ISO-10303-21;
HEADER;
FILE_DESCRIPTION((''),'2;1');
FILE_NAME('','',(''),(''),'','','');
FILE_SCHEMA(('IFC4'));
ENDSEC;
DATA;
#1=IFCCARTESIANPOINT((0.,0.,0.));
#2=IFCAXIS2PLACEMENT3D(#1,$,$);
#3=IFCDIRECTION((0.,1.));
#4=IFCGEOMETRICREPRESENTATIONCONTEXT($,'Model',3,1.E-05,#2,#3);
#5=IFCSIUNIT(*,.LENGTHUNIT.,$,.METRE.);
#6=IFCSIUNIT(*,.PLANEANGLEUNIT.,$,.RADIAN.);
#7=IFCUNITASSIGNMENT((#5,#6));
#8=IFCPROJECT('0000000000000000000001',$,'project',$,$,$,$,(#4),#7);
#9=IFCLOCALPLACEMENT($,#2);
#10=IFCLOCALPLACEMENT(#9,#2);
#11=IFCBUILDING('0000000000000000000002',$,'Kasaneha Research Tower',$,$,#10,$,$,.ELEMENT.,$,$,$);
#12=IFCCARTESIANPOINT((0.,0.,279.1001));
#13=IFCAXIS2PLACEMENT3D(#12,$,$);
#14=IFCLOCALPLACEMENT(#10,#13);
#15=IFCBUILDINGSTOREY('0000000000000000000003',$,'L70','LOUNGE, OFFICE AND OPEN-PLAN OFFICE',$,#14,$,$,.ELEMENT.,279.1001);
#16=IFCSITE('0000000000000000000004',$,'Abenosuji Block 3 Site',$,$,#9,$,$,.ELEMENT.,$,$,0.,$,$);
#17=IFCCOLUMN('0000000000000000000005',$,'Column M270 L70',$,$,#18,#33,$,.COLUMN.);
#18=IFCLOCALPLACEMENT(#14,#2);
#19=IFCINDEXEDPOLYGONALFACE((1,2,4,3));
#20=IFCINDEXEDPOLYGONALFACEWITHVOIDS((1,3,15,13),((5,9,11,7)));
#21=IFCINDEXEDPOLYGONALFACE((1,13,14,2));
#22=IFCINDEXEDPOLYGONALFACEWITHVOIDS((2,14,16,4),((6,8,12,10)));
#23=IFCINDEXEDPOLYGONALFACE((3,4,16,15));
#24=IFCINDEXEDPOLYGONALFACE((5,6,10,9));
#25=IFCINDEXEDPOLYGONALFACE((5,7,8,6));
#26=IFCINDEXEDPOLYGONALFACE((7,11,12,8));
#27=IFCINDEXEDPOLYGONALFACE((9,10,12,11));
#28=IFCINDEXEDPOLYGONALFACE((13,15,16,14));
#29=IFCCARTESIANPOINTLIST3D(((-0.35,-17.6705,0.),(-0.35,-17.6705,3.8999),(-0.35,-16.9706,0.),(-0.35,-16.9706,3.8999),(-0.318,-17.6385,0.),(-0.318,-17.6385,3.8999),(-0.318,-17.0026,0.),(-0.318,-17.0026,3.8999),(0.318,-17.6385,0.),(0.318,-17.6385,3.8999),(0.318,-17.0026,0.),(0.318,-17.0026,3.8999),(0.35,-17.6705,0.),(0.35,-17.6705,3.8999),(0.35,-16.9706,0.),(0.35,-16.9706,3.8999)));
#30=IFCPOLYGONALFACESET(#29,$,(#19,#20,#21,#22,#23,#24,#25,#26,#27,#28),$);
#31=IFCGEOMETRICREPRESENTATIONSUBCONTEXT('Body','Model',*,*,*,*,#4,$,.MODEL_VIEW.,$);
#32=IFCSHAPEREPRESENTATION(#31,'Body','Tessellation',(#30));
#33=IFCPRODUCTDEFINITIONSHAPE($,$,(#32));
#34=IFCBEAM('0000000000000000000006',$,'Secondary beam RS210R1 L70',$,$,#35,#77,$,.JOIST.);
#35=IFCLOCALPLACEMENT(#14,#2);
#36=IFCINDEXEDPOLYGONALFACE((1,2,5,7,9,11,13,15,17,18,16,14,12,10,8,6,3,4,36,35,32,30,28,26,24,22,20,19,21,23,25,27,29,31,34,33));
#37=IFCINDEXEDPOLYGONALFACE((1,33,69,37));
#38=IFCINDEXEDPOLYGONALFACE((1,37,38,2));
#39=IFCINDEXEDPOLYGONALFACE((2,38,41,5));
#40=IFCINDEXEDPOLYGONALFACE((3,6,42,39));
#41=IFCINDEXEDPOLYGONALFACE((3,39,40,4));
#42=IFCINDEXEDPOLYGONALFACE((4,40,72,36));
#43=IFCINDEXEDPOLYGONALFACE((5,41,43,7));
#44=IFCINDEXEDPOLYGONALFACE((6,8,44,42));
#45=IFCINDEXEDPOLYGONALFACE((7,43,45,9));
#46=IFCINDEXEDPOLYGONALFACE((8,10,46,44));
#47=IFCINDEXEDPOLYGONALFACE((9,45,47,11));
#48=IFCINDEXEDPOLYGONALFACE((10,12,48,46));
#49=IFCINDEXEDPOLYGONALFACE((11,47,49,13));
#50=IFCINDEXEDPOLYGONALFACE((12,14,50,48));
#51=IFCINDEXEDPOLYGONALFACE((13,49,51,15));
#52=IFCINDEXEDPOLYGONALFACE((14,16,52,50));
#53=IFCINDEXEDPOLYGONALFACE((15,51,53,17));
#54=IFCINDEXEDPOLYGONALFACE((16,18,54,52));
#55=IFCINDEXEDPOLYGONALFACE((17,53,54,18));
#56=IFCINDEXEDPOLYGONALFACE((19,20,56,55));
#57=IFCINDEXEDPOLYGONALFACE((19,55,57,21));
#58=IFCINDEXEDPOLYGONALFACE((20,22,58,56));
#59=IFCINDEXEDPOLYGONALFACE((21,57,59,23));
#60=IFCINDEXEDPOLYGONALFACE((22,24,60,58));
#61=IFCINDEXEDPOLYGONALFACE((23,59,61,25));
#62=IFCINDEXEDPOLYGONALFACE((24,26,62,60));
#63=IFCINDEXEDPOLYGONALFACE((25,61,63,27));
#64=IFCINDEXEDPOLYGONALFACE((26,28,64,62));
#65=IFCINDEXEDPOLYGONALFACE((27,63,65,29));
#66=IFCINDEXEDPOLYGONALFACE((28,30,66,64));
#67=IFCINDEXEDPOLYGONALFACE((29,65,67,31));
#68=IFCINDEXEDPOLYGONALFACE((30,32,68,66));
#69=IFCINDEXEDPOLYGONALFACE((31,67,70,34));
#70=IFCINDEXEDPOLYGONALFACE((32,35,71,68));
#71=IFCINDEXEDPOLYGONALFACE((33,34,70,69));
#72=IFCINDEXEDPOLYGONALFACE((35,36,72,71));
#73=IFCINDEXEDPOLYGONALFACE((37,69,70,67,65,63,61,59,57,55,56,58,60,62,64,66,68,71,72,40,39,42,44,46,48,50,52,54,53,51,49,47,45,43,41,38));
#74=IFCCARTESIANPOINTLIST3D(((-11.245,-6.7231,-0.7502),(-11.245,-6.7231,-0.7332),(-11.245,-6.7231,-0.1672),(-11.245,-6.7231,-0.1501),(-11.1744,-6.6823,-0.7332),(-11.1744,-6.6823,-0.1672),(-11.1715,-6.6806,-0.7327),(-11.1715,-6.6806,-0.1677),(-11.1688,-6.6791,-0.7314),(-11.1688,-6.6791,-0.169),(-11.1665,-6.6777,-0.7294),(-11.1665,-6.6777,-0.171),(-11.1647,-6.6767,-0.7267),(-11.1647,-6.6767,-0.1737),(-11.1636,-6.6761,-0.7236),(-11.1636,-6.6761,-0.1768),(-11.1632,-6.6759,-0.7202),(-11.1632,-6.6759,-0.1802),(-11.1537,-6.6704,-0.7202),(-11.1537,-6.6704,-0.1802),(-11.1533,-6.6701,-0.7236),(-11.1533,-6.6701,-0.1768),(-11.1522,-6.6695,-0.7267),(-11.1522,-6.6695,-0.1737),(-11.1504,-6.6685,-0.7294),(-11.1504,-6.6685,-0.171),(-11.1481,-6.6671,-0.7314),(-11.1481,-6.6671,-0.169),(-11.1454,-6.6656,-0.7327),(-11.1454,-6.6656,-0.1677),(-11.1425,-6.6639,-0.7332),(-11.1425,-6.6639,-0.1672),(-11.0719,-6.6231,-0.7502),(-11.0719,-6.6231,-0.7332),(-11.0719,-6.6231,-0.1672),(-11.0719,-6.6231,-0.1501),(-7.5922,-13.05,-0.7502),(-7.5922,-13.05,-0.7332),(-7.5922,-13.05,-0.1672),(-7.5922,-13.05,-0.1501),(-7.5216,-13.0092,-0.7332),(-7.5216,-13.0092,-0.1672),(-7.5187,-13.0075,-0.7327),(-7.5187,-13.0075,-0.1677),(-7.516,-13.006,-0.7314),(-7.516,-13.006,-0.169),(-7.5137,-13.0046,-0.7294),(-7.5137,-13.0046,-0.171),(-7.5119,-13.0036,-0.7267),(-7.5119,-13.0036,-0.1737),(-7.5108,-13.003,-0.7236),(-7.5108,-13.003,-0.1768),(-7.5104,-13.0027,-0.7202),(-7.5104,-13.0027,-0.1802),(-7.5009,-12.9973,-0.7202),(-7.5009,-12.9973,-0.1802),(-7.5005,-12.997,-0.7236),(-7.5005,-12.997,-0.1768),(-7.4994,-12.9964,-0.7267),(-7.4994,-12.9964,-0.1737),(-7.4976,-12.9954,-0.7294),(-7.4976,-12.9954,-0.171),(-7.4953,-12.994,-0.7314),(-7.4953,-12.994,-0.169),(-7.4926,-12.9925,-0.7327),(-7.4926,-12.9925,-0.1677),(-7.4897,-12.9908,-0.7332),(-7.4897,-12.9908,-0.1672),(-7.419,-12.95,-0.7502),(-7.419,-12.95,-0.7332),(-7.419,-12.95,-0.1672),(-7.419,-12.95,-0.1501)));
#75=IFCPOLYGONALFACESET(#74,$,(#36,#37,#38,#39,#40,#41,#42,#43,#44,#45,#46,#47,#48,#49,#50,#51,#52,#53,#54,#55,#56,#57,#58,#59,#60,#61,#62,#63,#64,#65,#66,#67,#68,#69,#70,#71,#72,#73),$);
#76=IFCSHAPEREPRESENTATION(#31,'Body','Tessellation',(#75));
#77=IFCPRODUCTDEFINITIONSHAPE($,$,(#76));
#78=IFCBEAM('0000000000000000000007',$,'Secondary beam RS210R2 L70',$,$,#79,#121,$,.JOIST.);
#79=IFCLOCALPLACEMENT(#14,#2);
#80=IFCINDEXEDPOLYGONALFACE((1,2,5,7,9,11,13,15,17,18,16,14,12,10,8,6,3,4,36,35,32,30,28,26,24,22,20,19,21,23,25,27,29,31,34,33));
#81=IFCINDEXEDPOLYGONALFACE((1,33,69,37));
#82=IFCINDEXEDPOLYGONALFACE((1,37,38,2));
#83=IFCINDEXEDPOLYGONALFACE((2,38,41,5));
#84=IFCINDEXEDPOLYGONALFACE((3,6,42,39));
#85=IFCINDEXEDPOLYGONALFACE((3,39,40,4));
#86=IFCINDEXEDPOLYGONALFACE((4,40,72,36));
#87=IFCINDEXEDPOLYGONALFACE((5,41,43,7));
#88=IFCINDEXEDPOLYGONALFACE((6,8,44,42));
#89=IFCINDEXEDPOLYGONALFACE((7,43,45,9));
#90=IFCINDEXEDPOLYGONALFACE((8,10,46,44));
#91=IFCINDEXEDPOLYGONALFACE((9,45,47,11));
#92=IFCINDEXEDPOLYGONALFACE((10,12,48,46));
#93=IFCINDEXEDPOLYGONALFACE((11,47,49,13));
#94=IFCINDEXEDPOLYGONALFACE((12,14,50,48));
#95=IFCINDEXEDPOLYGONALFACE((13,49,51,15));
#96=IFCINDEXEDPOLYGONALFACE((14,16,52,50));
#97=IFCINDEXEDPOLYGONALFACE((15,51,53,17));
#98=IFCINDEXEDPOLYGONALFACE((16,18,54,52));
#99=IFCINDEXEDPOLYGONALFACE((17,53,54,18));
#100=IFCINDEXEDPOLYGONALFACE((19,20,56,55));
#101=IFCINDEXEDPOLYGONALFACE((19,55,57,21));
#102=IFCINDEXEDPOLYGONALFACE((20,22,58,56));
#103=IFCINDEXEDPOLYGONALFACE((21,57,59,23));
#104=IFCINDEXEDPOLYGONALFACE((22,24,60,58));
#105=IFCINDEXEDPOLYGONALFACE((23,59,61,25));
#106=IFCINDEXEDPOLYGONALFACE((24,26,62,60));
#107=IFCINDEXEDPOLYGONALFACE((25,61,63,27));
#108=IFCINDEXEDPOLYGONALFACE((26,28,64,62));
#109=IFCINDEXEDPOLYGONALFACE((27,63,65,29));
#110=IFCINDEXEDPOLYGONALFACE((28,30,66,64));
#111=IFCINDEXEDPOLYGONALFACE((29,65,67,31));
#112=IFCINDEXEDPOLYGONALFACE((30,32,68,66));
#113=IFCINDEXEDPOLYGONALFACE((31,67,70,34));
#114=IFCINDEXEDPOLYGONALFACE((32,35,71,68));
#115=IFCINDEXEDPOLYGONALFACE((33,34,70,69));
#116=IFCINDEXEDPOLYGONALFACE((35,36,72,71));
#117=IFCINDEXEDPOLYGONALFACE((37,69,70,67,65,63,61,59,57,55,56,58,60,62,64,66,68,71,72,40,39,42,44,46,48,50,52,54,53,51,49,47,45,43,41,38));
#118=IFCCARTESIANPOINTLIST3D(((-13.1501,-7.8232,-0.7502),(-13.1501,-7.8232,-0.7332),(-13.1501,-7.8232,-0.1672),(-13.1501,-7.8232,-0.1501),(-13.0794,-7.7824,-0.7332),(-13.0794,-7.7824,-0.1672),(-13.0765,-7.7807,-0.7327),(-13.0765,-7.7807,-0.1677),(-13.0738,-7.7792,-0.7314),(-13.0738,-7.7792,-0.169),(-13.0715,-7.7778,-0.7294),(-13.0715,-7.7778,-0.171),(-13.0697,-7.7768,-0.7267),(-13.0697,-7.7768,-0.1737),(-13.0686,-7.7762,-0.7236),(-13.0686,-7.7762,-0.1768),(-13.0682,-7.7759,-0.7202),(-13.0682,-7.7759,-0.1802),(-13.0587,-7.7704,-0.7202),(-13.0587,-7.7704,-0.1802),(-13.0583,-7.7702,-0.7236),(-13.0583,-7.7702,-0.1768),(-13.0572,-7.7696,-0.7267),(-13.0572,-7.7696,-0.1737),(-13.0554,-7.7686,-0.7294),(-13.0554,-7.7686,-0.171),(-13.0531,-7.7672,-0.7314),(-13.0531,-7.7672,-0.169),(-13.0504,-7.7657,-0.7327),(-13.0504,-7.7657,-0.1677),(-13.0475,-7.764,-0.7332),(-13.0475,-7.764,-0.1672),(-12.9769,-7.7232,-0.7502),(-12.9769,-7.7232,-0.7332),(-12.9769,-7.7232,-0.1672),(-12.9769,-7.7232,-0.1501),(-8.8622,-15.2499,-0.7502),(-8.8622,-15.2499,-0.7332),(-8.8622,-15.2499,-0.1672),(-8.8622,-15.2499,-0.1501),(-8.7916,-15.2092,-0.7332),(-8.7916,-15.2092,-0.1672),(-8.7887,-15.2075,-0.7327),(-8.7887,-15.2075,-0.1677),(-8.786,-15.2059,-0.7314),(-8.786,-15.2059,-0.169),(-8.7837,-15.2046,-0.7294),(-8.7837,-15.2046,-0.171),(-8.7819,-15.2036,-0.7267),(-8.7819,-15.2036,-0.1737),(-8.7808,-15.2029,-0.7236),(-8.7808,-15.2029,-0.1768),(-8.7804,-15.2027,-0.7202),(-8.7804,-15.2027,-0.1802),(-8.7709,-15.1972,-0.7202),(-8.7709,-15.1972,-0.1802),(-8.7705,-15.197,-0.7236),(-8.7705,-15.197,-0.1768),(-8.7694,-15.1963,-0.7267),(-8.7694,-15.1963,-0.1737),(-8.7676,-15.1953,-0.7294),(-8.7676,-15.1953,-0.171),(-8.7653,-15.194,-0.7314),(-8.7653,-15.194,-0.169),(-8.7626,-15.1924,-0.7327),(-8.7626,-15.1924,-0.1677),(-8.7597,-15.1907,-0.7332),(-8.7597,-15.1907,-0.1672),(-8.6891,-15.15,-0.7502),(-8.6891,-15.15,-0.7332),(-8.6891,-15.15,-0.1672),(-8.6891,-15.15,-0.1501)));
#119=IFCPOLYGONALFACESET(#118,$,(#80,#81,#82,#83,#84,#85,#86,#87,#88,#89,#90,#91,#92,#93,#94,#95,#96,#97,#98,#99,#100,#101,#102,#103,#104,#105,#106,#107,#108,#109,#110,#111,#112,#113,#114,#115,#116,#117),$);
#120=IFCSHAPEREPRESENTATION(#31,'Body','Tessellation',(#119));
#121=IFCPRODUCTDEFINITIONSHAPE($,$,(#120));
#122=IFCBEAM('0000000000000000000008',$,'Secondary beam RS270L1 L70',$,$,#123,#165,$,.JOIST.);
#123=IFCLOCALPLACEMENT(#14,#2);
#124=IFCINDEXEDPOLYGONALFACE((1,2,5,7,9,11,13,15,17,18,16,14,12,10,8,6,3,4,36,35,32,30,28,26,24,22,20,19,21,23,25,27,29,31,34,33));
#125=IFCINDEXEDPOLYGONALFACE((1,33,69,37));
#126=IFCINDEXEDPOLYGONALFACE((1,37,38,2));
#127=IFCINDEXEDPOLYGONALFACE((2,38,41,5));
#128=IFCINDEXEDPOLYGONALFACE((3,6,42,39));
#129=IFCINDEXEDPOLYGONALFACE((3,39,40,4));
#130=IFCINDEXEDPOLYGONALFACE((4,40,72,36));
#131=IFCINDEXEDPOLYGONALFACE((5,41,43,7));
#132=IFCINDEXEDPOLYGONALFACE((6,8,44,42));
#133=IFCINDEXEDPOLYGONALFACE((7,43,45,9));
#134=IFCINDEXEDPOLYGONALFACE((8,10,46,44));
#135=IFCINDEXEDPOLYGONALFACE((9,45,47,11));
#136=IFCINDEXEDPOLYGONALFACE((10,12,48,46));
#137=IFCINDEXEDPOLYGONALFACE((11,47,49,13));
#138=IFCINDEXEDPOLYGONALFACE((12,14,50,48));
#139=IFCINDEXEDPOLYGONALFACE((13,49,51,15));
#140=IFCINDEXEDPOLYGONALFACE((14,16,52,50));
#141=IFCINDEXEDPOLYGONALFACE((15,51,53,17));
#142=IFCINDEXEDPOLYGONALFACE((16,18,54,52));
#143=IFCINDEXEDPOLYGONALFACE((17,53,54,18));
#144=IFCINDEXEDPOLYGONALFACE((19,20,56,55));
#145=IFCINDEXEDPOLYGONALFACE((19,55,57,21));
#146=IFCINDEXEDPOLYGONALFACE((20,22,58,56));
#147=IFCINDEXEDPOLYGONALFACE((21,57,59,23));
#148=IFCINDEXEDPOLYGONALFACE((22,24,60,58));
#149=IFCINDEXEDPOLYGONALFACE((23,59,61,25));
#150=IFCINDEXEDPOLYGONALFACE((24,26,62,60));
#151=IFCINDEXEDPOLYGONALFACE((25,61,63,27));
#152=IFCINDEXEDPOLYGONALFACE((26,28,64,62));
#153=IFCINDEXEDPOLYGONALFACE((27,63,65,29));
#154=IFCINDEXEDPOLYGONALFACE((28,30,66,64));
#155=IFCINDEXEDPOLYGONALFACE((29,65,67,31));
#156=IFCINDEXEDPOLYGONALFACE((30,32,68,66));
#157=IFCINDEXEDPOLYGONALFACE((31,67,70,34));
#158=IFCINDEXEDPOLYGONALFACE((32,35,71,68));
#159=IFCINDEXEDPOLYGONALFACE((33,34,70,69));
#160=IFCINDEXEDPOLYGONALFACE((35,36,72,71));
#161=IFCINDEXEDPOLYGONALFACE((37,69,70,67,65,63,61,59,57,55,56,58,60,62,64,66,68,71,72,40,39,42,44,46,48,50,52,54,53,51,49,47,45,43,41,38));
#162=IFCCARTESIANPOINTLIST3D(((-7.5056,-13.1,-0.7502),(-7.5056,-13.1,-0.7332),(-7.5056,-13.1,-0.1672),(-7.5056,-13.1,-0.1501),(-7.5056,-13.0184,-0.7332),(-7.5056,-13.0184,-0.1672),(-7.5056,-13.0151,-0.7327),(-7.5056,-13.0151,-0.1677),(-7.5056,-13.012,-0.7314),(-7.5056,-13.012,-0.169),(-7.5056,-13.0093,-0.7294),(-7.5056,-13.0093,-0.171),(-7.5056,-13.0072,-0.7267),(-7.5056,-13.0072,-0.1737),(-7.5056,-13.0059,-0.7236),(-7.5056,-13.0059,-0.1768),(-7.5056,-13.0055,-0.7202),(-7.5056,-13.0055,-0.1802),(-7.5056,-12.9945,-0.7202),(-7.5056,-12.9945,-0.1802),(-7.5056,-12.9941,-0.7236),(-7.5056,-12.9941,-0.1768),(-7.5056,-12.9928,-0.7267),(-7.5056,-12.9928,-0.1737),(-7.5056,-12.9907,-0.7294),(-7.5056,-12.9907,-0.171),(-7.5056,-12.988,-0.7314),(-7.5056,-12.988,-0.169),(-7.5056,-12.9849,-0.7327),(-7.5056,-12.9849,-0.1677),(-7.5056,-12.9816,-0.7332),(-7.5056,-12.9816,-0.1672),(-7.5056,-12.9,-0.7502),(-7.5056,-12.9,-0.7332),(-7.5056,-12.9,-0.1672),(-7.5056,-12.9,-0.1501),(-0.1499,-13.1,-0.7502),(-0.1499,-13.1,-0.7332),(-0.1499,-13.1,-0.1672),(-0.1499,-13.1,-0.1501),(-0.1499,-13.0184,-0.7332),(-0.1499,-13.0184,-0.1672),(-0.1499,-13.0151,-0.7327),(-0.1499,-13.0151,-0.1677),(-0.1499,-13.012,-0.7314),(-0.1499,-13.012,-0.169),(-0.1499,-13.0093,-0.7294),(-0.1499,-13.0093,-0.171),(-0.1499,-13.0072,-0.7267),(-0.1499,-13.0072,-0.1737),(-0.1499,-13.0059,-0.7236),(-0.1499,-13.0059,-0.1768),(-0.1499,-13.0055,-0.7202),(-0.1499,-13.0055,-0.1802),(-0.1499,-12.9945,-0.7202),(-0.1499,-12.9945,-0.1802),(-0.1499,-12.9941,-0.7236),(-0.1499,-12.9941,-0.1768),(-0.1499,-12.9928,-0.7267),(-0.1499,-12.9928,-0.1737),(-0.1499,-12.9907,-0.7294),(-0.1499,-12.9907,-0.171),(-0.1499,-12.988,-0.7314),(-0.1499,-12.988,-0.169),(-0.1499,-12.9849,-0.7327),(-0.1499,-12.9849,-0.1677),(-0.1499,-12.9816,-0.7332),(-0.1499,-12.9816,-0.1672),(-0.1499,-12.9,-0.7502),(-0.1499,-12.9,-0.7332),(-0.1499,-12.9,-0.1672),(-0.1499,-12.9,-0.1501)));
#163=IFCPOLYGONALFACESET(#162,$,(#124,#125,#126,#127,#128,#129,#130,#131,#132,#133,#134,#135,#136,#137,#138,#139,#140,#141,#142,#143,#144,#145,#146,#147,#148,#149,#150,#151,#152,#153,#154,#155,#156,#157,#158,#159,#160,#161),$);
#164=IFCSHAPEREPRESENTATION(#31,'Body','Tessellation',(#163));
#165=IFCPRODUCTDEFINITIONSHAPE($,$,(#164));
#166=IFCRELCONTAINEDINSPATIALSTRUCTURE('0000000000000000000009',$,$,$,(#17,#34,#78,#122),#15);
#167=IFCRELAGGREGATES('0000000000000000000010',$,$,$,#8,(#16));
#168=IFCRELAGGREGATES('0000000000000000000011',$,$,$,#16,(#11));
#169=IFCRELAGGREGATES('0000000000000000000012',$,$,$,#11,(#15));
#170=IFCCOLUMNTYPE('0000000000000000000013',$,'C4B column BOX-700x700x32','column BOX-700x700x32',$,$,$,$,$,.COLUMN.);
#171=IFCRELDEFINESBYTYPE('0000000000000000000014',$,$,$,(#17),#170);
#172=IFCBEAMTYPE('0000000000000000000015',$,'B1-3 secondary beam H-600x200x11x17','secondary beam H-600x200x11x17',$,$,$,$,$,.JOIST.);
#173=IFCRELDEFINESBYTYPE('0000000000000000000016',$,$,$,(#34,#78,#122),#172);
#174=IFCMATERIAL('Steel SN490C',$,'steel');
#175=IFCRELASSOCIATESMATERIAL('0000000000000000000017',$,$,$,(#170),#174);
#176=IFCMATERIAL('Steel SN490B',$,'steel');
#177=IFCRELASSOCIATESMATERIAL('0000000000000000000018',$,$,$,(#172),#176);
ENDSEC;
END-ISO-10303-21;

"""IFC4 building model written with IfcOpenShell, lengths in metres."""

from ifc_helpers import new_model, si_unit, direction, frame, origin, origin_2d, place, context, subcontext, project, spatial, hollow_rectangle, i_section, extrude, material, material_profile, profile_set, type_object, element, save


model = new_model("IFC4")

# Units and contexts
model_context = context("Model", 3, precision=1e-05, world=origin(), true_north=direction((0.0, 1.0)))
body_context = subcontext(model_context, "Body", "Model", "MODEL_VIEW")
ifc_project = project(units=[si_unit("LENGTHUNIT", "METRE"), si_unit("PLANEANGLEUNIT", "RADIAN")], contexts=[model_context])

# Site, building, storey
site_placement = place(None, origin())
site = spatial("IfcSite", under=ifc_project, at=site_placement, Name="Abenosuji Block 3 Site", CompositionType="ELEMENT", RefElevation=0.0)
building_placement = place(site_placement, origin())
building = spatial("IfcBuilding", under=site, at=building_placement, Name="Kasaneha Research Tower", CompositionType="ELEMENT")
storey_placement = place(building_placement, frame((0.0, 0.0, 279.1001)))
storey = spatial("IfcBuildingStorey", under=building, at=storey_placement, Name="L70", Description="LOUNGE, OFFICE AND OPEN-PLAN OFFICE", CompositionType="ELEMENT", Elevation=279.1001)

# Column
ifc_material_1 = material(Name="Steel SN490C", Category="steel")
ifc_material_profile_1 = material_profile(ifc_material_1, hollow_rectangle(XDim=0.7, YDim=0.7, WallThickness=0.032, at=origin_2d()), Name="BOX-700x700x32")
ifc_profile_set_1 = profile_set([ifc_material_profile_1], Name="Steel SN490C")
column_type = type_object("IfcColumnType", Name="C4B column BOX-700x700x32", Description="column BOX-700x700x32", PredefinedType="COLUMN", material=ifc_profile_set_1)
column_placement = place(storey_placement, frame((0.0, -17.3206, 0.0), z_axis=(0.0, 0.0, 1.0), x_axis=(1.0, 0.0, 0.0)))
element("IfcColumn", 1, at=column_placement, inside=storey, type_object=column_type, Name="Column M270 L70", PredefinedType="COLUMN", context=body_context, shape_type="SweptSolid", body=[
    extrude(hollow_rectangle(XDim=0.7, YDim=0.7, WallThickness=0.032, at=origin_2d()), origin(), (0.0, 0.0, 1.0), 3.8999),
])

# Beams
ifc_material_2 = material(Name="Steel SN490B", Category="steel")
ifc_material_profile_2 = material_profile(ifc_material_2, i_section(OverallWidth=0.2, OverallDepth=0.6001, WebThickness=0.011, FlangeThickness=0.0171, FilletRadius=0.0129, at=origin_2d()), Name="H-600x200x11x17")
ifc_profile_set_2 = profile_set([ifc_material_profile_2], Name="Steel SN490B")
beam_type_1 = type_object("IfcBeamType", Name="B1-3 secondary beam H-600x200x11x17", Description="secondary beam H-600x200x11x17", PredefinedType="JOIST", material=ifc_profile_set_2)
beam_1_placement = place(storey_placement, frame((-7.5056, -13.0, -0.4502), z_axis=(-0.499999, 0.866026, 0.0), x_axis=(-0.866026, -0.499999, 0.0)))
element("IfcBeam", 2, at=beam_1_placement, inside=storey, type_object=beam_type_1, Name="Secondary beam RS210R1 L70", PredefinedType="JOIST", context=body_context, shape_type="SweptSolid", body=[
    extrude(i_section(OverallWidth=0.2, OverallDepth=0.6001, WebThickness=0.011, FlangeThickness=0.0171, FilletRadius=0.0129, at=origin_2d()), origin(), (0.0, 0.0, 1.0), 7.3057),
])
beam_2_placement = place(storey_placement, frame((-8.7756, -15.2, -0.4502), z_axis=(-0.5, 0.866025, 0.0), x_axis=(-0.866025, -0.5, 0.0)))
element("IfcBeam", 3, at=beam_2_placement, inside=storey, type_object=beam_type_1, Name="Secondary beam RS210R2 L70", PredefinedType="JOIST", context=body_context, shape_type="SweptSolid", body=[
    extrude(i_section(OverallWidth=0.2, OverallDepth=0.6001, WebThickness=0.011, FlangeThickness=0.0171, FilletRadius=0.0129, at=origin_2d()), origin(), (0.0, 0.0, 1.0), 8.5757),
])
beam_3_placement = place(storey_placement, frame((-7.5056, -13.0, -0.4502), z_axis=(1.0, 0.0, 0.0), x_axis=(0.0, 1.0, 0.0)))
element("IfcBeam", 4, at=beam_3_placement, inside=storey, type_object=beam_type_1, Name="Secondary beam RS270L1 L70", PredefinedType="JOIST", context=body_context, shape_type="SweptSolid", body=[
    extrude(i_section(OverallWidth=0.2, OverallDepth=0.6001, WebThickness=0.011, FlangeThickness=0.0171, FilletRadius=0.0129, at=origin_2d()), origin(), (0.0, 0.0, 1.0), 7.3557),
])

save(model, "model.ifc")
